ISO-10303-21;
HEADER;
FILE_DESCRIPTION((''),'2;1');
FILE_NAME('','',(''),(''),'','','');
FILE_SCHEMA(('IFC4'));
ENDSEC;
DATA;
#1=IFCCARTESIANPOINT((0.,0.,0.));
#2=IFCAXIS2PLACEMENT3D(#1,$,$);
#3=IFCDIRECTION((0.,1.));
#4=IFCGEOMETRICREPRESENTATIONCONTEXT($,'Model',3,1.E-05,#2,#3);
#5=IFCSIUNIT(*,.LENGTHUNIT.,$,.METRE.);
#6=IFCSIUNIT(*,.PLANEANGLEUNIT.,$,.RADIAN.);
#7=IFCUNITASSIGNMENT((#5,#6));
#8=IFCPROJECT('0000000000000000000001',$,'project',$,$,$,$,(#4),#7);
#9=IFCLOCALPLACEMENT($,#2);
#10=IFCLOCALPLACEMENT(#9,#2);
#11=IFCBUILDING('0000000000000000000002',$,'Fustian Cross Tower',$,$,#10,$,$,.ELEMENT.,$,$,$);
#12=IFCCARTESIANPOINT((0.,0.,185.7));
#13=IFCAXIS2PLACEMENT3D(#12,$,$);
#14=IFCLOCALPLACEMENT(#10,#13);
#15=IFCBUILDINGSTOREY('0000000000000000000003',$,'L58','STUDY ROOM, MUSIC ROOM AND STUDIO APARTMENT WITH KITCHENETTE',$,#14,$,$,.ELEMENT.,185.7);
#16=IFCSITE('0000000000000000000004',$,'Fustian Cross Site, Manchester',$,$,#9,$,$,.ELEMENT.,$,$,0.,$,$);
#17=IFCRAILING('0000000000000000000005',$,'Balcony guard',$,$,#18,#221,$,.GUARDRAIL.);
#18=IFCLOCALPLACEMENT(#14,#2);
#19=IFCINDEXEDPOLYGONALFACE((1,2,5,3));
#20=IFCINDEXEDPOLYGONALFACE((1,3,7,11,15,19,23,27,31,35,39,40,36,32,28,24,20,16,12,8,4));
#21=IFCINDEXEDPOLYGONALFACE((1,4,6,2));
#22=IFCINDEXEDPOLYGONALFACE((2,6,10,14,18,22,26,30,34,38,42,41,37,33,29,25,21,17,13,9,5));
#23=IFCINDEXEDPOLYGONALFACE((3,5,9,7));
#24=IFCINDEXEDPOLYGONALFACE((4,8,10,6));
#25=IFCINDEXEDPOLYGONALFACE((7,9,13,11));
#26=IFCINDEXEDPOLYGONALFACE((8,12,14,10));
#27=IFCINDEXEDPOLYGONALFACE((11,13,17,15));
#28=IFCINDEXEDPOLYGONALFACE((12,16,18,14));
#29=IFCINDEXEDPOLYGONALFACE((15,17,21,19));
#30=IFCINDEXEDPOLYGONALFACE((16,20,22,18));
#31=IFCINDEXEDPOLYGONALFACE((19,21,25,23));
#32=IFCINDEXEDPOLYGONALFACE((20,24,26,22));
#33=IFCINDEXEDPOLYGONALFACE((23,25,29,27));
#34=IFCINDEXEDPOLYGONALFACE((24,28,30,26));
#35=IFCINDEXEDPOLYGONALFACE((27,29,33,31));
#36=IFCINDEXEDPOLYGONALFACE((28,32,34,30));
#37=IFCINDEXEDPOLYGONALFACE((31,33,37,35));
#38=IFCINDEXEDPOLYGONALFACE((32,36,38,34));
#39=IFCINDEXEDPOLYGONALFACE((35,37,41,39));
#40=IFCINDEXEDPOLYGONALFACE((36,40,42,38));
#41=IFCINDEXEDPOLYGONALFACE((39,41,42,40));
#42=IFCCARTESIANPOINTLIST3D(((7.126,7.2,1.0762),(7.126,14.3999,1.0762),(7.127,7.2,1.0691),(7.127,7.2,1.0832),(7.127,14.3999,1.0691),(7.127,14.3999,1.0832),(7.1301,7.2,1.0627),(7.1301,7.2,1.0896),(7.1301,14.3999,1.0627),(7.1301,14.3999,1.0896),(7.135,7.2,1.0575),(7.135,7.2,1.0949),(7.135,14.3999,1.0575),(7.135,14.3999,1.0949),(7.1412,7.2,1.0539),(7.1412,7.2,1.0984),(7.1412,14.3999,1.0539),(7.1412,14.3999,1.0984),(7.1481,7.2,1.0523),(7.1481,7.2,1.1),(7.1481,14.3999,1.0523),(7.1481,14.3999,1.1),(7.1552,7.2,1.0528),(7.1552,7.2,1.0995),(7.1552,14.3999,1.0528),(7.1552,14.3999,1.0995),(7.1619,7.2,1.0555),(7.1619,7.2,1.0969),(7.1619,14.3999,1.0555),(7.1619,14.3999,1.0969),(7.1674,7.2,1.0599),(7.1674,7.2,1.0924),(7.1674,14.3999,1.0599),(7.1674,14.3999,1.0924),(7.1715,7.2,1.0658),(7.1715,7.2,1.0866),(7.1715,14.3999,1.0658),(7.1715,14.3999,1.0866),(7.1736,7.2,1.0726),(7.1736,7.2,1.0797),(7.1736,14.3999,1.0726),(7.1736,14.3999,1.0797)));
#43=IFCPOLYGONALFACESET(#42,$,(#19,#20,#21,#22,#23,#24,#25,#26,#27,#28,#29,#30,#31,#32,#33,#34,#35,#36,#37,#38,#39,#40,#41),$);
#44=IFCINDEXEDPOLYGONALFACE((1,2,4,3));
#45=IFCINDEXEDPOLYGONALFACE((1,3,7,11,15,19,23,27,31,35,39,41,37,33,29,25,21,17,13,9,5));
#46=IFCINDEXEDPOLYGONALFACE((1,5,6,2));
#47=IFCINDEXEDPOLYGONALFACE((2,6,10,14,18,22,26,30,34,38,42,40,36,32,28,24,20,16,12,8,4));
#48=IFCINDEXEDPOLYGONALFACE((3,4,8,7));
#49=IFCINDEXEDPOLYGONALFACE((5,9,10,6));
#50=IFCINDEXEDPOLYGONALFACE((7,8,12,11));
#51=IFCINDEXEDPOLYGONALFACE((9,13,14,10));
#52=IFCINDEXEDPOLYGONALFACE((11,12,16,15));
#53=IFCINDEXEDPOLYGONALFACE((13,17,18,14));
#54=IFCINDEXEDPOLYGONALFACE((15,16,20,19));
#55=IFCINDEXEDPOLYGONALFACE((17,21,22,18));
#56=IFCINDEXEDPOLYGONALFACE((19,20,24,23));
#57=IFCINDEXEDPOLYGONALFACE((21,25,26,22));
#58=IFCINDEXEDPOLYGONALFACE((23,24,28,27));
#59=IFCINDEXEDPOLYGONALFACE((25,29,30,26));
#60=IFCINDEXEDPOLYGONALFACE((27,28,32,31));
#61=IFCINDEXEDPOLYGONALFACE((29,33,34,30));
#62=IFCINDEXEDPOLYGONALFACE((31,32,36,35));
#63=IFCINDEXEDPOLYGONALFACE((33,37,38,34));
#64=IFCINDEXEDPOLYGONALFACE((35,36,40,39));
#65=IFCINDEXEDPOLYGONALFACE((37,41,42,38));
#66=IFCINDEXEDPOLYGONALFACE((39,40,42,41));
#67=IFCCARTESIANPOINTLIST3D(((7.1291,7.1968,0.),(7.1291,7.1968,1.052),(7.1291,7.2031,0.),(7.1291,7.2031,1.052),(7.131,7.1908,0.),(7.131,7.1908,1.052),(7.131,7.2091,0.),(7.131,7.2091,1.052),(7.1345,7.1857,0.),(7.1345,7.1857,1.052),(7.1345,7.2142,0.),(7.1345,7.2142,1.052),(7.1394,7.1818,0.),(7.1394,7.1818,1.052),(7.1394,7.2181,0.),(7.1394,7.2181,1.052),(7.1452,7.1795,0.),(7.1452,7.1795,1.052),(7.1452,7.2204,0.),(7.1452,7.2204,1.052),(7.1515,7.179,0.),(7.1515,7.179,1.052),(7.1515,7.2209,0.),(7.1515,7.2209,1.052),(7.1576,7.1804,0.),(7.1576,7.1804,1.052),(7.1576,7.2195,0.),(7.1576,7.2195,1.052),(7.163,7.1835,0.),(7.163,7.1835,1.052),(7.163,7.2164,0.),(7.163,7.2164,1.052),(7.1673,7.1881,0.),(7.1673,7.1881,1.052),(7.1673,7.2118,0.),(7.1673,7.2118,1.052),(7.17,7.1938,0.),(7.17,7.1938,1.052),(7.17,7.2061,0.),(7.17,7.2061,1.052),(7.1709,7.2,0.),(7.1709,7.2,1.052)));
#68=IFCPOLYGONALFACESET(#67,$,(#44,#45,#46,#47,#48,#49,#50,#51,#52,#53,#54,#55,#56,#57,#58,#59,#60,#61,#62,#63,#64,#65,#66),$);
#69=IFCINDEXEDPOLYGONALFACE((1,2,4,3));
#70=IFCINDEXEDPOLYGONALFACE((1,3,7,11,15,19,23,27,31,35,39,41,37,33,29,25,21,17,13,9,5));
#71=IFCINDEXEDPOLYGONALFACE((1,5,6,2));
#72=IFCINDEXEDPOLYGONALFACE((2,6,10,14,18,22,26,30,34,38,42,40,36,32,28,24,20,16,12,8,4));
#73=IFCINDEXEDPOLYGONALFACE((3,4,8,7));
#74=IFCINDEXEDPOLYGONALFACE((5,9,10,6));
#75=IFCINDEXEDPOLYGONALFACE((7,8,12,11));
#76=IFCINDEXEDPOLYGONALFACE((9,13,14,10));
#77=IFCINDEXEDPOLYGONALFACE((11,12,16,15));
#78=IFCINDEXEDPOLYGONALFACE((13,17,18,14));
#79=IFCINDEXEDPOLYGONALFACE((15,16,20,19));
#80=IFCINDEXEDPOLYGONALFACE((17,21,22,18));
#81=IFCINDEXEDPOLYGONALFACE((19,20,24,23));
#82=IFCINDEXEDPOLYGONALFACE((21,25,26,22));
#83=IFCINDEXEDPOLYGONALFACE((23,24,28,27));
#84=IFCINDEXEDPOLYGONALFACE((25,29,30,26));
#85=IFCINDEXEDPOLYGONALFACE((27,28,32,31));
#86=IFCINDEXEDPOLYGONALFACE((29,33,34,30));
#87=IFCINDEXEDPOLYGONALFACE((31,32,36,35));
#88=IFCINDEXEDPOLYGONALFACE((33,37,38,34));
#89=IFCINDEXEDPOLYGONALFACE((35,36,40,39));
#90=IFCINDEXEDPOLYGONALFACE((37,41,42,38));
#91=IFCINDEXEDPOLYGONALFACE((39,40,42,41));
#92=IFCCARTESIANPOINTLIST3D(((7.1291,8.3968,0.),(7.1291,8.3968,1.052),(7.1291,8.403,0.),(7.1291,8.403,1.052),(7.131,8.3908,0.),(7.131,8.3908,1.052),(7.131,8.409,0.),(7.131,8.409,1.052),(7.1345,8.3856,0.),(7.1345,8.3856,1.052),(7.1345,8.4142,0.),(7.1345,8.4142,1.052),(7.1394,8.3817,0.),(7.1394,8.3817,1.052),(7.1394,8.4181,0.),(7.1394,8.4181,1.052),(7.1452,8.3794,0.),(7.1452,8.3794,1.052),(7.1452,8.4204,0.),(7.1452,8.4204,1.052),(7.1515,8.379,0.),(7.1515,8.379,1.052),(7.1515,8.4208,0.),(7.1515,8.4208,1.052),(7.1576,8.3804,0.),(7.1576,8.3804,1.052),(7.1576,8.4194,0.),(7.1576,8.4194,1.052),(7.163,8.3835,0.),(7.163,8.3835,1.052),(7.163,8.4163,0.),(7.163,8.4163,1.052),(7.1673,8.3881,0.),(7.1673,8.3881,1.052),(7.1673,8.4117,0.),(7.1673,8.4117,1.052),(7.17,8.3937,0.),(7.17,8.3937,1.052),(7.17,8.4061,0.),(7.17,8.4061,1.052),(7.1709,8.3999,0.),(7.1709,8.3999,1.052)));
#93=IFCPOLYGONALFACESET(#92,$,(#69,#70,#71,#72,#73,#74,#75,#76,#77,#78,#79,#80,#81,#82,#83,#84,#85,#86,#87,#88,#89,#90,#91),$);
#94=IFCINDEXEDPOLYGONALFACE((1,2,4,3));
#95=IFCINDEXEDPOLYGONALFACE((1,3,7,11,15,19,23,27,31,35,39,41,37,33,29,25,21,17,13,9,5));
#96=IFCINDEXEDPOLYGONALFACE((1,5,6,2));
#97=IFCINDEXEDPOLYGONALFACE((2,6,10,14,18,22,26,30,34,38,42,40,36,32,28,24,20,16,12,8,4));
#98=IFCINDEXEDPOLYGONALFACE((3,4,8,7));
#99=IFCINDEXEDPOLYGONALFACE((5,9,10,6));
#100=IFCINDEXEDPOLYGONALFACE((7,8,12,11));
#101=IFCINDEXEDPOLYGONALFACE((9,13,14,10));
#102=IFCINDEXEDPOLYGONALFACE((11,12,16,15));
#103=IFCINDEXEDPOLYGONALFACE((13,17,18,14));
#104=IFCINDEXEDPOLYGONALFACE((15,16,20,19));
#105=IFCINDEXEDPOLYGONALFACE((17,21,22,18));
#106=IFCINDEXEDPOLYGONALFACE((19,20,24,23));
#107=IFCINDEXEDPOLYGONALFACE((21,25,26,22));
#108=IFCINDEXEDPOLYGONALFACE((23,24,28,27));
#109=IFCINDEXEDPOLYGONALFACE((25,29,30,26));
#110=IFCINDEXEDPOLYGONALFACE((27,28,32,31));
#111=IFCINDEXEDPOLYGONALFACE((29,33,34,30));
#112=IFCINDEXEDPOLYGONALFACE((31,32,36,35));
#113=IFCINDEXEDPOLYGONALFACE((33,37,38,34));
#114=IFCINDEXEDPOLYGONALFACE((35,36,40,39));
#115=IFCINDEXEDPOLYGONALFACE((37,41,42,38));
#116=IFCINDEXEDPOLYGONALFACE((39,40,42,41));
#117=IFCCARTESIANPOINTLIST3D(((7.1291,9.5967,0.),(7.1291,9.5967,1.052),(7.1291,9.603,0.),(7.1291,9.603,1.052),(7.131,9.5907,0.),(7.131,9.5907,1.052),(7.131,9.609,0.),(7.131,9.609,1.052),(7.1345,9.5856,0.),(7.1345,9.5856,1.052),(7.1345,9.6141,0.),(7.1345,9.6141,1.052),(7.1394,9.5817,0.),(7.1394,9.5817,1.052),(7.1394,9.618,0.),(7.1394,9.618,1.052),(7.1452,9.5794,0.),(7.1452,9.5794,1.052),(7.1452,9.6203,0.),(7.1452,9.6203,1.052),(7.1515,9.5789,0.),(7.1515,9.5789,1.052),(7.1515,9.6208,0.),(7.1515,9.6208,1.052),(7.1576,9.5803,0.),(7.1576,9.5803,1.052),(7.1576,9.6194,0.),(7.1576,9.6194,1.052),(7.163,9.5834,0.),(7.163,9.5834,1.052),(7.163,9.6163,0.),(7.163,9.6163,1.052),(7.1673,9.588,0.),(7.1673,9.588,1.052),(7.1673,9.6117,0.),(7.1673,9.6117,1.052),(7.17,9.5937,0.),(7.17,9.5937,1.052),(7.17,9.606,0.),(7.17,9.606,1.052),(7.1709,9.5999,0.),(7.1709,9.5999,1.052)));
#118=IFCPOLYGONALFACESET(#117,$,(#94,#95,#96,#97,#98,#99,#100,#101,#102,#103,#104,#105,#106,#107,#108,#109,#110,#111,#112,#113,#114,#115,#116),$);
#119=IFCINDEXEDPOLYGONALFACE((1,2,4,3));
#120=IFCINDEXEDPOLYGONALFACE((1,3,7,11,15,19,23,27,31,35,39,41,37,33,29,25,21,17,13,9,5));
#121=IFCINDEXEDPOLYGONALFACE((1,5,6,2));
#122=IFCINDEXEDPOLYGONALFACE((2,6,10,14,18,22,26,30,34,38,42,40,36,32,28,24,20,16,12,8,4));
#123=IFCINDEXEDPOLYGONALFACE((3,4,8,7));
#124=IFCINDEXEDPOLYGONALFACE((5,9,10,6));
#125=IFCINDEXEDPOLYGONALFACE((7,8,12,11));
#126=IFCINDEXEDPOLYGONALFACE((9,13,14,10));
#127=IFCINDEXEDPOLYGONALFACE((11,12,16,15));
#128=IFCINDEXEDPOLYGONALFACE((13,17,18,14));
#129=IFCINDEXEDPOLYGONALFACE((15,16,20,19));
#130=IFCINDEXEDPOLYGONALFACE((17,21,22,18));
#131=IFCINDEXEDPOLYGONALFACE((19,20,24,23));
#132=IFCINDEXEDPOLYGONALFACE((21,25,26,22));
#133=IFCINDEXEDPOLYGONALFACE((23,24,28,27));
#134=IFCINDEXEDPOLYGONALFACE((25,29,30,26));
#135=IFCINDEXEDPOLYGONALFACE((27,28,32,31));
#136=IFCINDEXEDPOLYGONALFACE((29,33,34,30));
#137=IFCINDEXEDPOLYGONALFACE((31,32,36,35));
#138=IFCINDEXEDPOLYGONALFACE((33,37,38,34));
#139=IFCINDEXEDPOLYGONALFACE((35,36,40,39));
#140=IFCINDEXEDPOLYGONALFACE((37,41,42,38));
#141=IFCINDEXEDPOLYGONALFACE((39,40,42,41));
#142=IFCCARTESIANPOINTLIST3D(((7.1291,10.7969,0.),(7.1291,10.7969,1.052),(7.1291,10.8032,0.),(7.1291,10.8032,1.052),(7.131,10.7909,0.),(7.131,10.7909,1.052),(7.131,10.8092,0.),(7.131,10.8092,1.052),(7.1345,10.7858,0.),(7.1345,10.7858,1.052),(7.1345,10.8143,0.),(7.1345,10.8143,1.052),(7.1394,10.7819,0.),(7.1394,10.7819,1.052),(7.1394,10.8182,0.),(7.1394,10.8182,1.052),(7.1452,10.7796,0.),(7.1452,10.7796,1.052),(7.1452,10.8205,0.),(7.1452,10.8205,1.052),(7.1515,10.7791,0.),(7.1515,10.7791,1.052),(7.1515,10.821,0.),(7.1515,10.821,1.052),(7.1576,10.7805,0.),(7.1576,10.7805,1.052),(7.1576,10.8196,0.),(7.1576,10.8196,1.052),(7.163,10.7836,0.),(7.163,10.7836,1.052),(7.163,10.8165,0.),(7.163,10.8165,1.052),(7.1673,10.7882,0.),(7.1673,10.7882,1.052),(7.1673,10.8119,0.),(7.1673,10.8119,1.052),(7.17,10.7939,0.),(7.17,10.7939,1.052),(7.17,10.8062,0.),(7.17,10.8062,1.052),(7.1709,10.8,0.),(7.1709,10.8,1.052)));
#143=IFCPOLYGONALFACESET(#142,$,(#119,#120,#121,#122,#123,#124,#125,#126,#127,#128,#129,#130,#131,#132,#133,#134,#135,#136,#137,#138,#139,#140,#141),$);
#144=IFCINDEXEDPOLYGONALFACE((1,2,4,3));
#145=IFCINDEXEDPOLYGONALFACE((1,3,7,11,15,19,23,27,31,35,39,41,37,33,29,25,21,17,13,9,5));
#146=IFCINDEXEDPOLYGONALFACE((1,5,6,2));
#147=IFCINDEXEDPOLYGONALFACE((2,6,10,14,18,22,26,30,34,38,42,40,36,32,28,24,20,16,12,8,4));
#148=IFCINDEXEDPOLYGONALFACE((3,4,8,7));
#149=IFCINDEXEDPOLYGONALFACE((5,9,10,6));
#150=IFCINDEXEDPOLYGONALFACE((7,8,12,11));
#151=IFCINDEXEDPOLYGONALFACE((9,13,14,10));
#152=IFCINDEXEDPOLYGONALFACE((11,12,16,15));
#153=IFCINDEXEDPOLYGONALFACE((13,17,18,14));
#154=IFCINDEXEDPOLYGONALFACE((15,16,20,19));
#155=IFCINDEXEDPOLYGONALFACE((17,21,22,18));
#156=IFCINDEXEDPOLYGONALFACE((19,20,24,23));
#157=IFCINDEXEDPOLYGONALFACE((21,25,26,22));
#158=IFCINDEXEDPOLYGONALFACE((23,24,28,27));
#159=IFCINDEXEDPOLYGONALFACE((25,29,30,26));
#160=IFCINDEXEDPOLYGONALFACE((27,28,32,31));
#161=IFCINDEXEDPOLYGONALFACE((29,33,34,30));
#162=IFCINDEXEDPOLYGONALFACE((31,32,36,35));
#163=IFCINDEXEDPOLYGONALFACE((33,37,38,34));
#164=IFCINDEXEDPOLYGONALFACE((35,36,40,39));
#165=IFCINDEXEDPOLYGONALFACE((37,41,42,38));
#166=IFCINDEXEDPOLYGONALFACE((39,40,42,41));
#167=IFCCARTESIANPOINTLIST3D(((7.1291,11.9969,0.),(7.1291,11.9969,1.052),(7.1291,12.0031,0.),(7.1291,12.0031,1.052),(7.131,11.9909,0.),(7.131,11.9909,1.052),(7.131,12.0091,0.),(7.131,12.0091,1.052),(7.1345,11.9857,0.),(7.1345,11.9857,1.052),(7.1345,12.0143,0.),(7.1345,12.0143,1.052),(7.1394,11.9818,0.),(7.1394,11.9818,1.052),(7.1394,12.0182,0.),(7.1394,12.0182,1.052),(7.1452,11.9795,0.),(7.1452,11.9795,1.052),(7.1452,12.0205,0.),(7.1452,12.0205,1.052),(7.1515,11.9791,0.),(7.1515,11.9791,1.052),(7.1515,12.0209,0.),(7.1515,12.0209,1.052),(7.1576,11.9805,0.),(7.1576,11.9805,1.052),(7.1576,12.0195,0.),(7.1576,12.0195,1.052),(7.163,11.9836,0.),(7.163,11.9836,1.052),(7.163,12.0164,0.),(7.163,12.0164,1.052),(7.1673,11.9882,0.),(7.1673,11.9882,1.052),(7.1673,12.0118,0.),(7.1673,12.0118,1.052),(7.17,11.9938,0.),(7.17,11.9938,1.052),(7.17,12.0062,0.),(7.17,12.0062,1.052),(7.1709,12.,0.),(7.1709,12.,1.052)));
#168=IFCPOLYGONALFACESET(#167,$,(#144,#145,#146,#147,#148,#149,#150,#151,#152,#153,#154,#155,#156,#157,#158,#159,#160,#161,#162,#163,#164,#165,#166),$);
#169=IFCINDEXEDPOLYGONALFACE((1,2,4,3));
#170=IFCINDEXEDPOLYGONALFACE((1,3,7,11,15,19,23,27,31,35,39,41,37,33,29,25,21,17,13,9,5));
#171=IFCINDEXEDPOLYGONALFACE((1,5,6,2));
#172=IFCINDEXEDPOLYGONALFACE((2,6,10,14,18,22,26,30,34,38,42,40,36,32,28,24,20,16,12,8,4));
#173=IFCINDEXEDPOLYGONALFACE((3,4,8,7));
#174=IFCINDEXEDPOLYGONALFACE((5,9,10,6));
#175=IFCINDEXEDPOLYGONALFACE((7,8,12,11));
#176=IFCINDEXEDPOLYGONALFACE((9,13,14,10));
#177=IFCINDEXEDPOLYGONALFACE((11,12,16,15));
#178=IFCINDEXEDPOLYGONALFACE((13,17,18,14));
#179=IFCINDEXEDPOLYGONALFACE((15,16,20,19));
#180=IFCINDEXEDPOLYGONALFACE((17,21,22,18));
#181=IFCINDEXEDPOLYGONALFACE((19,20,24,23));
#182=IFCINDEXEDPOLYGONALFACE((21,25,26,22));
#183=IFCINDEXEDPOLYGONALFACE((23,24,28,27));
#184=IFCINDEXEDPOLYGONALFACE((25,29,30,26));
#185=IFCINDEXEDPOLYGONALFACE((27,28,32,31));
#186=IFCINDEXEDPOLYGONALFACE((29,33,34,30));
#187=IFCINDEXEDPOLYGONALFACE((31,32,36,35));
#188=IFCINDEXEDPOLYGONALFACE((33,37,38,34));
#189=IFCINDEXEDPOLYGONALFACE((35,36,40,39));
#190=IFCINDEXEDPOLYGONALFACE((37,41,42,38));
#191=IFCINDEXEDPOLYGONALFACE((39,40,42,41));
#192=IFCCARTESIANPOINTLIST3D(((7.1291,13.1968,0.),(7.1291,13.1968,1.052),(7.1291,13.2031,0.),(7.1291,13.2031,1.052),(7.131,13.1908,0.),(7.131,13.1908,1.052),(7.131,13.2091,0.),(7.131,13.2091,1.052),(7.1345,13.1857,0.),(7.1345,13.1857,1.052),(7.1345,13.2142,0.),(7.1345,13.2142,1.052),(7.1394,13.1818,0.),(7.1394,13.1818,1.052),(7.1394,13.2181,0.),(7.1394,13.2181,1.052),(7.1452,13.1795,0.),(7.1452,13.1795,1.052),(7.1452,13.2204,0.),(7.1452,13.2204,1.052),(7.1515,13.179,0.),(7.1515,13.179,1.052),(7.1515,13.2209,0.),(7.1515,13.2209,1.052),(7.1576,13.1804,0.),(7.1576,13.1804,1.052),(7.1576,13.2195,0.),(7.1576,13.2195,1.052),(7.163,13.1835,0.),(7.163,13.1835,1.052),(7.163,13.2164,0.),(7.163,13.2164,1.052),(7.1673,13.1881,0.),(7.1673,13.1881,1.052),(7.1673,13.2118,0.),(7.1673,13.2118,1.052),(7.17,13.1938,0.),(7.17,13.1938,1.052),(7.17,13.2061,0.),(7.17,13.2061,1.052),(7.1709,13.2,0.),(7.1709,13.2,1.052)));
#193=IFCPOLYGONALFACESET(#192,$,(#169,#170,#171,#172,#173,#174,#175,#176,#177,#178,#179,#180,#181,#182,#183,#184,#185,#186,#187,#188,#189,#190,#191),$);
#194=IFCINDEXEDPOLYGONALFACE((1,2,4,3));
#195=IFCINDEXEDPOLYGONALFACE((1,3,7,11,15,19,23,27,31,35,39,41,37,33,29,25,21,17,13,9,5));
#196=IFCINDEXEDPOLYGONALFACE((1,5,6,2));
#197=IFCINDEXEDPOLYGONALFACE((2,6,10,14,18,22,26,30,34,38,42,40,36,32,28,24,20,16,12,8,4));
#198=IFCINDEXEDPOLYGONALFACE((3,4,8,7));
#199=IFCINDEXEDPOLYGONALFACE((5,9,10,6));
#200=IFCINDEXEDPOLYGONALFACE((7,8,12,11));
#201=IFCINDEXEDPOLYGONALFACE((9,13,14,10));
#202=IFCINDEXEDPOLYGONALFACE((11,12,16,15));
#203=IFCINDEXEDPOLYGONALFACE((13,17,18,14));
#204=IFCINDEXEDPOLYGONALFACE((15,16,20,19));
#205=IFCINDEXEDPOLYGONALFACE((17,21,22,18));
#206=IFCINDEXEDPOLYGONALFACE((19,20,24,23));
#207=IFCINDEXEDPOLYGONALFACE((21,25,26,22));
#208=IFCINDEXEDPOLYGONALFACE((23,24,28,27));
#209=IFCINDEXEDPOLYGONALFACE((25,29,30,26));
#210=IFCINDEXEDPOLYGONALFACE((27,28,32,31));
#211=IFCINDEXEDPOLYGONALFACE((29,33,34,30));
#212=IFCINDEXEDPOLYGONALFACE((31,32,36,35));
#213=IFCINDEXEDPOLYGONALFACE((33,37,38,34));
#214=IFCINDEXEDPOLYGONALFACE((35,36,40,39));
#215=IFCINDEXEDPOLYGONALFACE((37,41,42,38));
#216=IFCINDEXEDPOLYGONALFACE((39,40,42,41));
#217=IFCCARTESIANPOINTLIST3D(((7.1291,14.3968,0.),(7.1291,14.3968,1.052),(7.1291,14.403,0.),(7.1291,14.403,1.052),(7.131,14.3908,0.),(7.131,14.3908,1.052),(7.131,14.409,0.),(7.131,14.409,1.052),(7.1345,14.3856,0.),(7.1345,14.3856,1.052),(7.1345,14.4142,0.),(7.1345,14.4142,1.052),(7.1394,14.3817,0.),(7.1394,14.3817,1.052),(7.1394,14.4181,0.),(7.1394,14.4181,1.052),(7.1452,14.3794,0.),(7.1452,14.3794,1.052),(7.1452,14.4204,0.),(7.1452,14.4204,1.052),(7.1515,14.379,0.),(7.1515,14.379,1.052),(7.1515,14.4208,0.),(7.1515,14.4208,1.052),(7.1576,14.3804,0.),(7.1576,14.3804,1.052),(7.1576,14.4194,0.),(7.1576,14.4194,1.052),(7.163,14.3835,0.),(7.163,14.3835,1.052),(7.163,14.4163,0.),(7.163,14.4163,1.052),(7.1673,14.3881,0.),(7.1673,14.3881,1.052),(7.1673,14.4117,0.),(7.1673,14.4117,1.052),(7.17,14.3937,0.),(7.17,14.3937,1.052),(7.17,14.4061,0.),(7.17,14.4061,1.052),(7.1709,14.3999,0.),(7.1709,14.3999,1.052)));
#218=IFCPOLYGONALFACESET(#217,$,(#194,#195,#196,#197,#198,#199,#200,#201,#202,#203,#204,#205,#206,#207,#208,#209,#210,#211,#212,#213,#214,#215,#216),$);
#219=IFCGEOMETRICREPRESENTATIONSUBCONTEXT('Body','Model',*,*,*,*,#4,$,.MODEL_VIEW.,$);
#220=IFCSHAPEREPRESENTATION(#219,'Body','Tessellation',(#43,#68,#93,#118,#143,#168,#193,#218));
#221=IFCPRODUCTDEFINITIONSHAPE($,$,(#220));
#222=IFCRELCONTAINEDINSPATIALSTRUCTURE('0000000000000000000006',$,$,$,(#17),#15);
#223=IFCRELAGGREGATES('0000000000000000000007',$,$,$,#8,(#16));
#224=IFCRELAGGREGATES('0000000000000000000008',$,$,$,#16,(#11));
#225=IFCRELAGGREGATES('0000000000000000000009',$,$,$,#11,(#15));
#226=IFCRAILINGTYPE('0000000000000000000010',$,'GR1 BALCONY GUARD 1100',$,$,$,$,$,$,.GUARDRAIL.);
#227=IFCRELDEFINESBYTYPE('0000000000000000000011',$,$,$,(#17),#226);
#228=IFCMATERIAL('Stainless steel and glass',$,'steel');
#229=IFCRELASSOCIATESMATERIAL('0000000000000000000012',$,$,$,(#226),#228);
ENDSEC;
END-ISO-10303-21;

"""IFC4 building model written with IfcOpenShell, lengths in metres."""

from ifc_helpers import new_model, si_unit, direction, frame, origin, origin_2d, place, context, subcontext, project, spatial, circle, extrude, material, type_object, element, save


model = new_model("IFC4")

# Units and contexts
model_context = context("Model", 3, precision=1e-05, world=origin(), true_north=direction((0.0, 1.0)))
body_context = subcontext(model_context, "Body", "Model", "MODEL_VIEW")
ifc_project = project(units=[si_unit("LENGTHUNIT", "METRE"), si_unit("PLANEANGLEUNIT", "RADIAN")], contexts=[model_context])

# Site, building, storey
site_placement = place(None, origin())
site = spatial("IfcSite", under=ifc_project, at=site_placement, Name="Fustian Cross Site, Manchester", CompositionType="ELEMENT", RefElevation=0.0)
building_placement = place(site_placement, origin())
building = spatial("IfcBuilding", under=site, at=building_placement, Name="Fustian Cross Tower", CompositionType="ELEMENT")
storey_placement = place(building_placement, frame((0.0, 0.0, 185.7)))
storey = spatial("IfcBuildingStorey", under=building, at=storey_placement, Name="L58", Description="STUDY ROOM, MUSIC ROOM AND STUDIO APARTMENT WITH KITCHENETTE", CompositionType="ELEMENT", Elevation=185.7)

# Railing
ifc_material_1 = material(Name="Stainless steel and glass", Category="steel")
railing_type_1 = type_object("IfcRailingType", Name="GR1 BALCONY GUARD 1100", PredefinedType="GUARDRAIL", material=ifc_material_1)
railing_1_placement = place(storey_placement, frame((7.1499, 7.2, 0.0)))
element("IfcRailing", 1, at=railing_1_placement, inside=storey, type_object=railing_type_1, Name="Balcony guard", PredefinedType="GUARDRAIL", context=body_context, shape_type="SweptSolid", body=[
    extrude(circle(Radius=0.0239, at=origin_2d()), frame((0.0, 0.0, 1.0762), z_axis=(0.0, 1.0, 0.0), x_axis=(-1.0, 0.0, 0.0)), (0.0, 0.0, 1.0), 7.2),
    extrude(circle(Radius=0.021, at=origin_2d()), origin(), (0.0, 0.0, 1.0), 1.052),
    extrude(circle(Radius=0.021, at=origin_2d()), frame((0.0, 1.2, 0.0)), (0.0, 0.0, 1.0), 1.052),
    extrude(circle(Radius=0.021, at=origin_2d()), frame((0.0, 2.3999, 0.0)), (0.0, 0.0, 1.0), 1.052),
    extrude(circle(Radius=0.021, at=origin_2d()), frame((0.0, 3.6001, 0.0)), (0.0, 0.0, 1.0), 1.052),
    extrude(circle(Radius=0.021, at=origin_2d()), frame((0.0, 4.8, 0.0)), (0.0, 0.0, 1.0), 1.052),
    extrude(circle(Radius=0.021, at=origin_2d()), frame((0.0, 6.0, 0.0)), (0.0, 0.0, 1.0), 1.052),
    extrude(circle(Radius=0.021, at=origin_2d()), frame((0.0, 7.2, 0.0)), (0.0, 0.0, 1.0), 1.052),
])

save(model, "model.ifc")
